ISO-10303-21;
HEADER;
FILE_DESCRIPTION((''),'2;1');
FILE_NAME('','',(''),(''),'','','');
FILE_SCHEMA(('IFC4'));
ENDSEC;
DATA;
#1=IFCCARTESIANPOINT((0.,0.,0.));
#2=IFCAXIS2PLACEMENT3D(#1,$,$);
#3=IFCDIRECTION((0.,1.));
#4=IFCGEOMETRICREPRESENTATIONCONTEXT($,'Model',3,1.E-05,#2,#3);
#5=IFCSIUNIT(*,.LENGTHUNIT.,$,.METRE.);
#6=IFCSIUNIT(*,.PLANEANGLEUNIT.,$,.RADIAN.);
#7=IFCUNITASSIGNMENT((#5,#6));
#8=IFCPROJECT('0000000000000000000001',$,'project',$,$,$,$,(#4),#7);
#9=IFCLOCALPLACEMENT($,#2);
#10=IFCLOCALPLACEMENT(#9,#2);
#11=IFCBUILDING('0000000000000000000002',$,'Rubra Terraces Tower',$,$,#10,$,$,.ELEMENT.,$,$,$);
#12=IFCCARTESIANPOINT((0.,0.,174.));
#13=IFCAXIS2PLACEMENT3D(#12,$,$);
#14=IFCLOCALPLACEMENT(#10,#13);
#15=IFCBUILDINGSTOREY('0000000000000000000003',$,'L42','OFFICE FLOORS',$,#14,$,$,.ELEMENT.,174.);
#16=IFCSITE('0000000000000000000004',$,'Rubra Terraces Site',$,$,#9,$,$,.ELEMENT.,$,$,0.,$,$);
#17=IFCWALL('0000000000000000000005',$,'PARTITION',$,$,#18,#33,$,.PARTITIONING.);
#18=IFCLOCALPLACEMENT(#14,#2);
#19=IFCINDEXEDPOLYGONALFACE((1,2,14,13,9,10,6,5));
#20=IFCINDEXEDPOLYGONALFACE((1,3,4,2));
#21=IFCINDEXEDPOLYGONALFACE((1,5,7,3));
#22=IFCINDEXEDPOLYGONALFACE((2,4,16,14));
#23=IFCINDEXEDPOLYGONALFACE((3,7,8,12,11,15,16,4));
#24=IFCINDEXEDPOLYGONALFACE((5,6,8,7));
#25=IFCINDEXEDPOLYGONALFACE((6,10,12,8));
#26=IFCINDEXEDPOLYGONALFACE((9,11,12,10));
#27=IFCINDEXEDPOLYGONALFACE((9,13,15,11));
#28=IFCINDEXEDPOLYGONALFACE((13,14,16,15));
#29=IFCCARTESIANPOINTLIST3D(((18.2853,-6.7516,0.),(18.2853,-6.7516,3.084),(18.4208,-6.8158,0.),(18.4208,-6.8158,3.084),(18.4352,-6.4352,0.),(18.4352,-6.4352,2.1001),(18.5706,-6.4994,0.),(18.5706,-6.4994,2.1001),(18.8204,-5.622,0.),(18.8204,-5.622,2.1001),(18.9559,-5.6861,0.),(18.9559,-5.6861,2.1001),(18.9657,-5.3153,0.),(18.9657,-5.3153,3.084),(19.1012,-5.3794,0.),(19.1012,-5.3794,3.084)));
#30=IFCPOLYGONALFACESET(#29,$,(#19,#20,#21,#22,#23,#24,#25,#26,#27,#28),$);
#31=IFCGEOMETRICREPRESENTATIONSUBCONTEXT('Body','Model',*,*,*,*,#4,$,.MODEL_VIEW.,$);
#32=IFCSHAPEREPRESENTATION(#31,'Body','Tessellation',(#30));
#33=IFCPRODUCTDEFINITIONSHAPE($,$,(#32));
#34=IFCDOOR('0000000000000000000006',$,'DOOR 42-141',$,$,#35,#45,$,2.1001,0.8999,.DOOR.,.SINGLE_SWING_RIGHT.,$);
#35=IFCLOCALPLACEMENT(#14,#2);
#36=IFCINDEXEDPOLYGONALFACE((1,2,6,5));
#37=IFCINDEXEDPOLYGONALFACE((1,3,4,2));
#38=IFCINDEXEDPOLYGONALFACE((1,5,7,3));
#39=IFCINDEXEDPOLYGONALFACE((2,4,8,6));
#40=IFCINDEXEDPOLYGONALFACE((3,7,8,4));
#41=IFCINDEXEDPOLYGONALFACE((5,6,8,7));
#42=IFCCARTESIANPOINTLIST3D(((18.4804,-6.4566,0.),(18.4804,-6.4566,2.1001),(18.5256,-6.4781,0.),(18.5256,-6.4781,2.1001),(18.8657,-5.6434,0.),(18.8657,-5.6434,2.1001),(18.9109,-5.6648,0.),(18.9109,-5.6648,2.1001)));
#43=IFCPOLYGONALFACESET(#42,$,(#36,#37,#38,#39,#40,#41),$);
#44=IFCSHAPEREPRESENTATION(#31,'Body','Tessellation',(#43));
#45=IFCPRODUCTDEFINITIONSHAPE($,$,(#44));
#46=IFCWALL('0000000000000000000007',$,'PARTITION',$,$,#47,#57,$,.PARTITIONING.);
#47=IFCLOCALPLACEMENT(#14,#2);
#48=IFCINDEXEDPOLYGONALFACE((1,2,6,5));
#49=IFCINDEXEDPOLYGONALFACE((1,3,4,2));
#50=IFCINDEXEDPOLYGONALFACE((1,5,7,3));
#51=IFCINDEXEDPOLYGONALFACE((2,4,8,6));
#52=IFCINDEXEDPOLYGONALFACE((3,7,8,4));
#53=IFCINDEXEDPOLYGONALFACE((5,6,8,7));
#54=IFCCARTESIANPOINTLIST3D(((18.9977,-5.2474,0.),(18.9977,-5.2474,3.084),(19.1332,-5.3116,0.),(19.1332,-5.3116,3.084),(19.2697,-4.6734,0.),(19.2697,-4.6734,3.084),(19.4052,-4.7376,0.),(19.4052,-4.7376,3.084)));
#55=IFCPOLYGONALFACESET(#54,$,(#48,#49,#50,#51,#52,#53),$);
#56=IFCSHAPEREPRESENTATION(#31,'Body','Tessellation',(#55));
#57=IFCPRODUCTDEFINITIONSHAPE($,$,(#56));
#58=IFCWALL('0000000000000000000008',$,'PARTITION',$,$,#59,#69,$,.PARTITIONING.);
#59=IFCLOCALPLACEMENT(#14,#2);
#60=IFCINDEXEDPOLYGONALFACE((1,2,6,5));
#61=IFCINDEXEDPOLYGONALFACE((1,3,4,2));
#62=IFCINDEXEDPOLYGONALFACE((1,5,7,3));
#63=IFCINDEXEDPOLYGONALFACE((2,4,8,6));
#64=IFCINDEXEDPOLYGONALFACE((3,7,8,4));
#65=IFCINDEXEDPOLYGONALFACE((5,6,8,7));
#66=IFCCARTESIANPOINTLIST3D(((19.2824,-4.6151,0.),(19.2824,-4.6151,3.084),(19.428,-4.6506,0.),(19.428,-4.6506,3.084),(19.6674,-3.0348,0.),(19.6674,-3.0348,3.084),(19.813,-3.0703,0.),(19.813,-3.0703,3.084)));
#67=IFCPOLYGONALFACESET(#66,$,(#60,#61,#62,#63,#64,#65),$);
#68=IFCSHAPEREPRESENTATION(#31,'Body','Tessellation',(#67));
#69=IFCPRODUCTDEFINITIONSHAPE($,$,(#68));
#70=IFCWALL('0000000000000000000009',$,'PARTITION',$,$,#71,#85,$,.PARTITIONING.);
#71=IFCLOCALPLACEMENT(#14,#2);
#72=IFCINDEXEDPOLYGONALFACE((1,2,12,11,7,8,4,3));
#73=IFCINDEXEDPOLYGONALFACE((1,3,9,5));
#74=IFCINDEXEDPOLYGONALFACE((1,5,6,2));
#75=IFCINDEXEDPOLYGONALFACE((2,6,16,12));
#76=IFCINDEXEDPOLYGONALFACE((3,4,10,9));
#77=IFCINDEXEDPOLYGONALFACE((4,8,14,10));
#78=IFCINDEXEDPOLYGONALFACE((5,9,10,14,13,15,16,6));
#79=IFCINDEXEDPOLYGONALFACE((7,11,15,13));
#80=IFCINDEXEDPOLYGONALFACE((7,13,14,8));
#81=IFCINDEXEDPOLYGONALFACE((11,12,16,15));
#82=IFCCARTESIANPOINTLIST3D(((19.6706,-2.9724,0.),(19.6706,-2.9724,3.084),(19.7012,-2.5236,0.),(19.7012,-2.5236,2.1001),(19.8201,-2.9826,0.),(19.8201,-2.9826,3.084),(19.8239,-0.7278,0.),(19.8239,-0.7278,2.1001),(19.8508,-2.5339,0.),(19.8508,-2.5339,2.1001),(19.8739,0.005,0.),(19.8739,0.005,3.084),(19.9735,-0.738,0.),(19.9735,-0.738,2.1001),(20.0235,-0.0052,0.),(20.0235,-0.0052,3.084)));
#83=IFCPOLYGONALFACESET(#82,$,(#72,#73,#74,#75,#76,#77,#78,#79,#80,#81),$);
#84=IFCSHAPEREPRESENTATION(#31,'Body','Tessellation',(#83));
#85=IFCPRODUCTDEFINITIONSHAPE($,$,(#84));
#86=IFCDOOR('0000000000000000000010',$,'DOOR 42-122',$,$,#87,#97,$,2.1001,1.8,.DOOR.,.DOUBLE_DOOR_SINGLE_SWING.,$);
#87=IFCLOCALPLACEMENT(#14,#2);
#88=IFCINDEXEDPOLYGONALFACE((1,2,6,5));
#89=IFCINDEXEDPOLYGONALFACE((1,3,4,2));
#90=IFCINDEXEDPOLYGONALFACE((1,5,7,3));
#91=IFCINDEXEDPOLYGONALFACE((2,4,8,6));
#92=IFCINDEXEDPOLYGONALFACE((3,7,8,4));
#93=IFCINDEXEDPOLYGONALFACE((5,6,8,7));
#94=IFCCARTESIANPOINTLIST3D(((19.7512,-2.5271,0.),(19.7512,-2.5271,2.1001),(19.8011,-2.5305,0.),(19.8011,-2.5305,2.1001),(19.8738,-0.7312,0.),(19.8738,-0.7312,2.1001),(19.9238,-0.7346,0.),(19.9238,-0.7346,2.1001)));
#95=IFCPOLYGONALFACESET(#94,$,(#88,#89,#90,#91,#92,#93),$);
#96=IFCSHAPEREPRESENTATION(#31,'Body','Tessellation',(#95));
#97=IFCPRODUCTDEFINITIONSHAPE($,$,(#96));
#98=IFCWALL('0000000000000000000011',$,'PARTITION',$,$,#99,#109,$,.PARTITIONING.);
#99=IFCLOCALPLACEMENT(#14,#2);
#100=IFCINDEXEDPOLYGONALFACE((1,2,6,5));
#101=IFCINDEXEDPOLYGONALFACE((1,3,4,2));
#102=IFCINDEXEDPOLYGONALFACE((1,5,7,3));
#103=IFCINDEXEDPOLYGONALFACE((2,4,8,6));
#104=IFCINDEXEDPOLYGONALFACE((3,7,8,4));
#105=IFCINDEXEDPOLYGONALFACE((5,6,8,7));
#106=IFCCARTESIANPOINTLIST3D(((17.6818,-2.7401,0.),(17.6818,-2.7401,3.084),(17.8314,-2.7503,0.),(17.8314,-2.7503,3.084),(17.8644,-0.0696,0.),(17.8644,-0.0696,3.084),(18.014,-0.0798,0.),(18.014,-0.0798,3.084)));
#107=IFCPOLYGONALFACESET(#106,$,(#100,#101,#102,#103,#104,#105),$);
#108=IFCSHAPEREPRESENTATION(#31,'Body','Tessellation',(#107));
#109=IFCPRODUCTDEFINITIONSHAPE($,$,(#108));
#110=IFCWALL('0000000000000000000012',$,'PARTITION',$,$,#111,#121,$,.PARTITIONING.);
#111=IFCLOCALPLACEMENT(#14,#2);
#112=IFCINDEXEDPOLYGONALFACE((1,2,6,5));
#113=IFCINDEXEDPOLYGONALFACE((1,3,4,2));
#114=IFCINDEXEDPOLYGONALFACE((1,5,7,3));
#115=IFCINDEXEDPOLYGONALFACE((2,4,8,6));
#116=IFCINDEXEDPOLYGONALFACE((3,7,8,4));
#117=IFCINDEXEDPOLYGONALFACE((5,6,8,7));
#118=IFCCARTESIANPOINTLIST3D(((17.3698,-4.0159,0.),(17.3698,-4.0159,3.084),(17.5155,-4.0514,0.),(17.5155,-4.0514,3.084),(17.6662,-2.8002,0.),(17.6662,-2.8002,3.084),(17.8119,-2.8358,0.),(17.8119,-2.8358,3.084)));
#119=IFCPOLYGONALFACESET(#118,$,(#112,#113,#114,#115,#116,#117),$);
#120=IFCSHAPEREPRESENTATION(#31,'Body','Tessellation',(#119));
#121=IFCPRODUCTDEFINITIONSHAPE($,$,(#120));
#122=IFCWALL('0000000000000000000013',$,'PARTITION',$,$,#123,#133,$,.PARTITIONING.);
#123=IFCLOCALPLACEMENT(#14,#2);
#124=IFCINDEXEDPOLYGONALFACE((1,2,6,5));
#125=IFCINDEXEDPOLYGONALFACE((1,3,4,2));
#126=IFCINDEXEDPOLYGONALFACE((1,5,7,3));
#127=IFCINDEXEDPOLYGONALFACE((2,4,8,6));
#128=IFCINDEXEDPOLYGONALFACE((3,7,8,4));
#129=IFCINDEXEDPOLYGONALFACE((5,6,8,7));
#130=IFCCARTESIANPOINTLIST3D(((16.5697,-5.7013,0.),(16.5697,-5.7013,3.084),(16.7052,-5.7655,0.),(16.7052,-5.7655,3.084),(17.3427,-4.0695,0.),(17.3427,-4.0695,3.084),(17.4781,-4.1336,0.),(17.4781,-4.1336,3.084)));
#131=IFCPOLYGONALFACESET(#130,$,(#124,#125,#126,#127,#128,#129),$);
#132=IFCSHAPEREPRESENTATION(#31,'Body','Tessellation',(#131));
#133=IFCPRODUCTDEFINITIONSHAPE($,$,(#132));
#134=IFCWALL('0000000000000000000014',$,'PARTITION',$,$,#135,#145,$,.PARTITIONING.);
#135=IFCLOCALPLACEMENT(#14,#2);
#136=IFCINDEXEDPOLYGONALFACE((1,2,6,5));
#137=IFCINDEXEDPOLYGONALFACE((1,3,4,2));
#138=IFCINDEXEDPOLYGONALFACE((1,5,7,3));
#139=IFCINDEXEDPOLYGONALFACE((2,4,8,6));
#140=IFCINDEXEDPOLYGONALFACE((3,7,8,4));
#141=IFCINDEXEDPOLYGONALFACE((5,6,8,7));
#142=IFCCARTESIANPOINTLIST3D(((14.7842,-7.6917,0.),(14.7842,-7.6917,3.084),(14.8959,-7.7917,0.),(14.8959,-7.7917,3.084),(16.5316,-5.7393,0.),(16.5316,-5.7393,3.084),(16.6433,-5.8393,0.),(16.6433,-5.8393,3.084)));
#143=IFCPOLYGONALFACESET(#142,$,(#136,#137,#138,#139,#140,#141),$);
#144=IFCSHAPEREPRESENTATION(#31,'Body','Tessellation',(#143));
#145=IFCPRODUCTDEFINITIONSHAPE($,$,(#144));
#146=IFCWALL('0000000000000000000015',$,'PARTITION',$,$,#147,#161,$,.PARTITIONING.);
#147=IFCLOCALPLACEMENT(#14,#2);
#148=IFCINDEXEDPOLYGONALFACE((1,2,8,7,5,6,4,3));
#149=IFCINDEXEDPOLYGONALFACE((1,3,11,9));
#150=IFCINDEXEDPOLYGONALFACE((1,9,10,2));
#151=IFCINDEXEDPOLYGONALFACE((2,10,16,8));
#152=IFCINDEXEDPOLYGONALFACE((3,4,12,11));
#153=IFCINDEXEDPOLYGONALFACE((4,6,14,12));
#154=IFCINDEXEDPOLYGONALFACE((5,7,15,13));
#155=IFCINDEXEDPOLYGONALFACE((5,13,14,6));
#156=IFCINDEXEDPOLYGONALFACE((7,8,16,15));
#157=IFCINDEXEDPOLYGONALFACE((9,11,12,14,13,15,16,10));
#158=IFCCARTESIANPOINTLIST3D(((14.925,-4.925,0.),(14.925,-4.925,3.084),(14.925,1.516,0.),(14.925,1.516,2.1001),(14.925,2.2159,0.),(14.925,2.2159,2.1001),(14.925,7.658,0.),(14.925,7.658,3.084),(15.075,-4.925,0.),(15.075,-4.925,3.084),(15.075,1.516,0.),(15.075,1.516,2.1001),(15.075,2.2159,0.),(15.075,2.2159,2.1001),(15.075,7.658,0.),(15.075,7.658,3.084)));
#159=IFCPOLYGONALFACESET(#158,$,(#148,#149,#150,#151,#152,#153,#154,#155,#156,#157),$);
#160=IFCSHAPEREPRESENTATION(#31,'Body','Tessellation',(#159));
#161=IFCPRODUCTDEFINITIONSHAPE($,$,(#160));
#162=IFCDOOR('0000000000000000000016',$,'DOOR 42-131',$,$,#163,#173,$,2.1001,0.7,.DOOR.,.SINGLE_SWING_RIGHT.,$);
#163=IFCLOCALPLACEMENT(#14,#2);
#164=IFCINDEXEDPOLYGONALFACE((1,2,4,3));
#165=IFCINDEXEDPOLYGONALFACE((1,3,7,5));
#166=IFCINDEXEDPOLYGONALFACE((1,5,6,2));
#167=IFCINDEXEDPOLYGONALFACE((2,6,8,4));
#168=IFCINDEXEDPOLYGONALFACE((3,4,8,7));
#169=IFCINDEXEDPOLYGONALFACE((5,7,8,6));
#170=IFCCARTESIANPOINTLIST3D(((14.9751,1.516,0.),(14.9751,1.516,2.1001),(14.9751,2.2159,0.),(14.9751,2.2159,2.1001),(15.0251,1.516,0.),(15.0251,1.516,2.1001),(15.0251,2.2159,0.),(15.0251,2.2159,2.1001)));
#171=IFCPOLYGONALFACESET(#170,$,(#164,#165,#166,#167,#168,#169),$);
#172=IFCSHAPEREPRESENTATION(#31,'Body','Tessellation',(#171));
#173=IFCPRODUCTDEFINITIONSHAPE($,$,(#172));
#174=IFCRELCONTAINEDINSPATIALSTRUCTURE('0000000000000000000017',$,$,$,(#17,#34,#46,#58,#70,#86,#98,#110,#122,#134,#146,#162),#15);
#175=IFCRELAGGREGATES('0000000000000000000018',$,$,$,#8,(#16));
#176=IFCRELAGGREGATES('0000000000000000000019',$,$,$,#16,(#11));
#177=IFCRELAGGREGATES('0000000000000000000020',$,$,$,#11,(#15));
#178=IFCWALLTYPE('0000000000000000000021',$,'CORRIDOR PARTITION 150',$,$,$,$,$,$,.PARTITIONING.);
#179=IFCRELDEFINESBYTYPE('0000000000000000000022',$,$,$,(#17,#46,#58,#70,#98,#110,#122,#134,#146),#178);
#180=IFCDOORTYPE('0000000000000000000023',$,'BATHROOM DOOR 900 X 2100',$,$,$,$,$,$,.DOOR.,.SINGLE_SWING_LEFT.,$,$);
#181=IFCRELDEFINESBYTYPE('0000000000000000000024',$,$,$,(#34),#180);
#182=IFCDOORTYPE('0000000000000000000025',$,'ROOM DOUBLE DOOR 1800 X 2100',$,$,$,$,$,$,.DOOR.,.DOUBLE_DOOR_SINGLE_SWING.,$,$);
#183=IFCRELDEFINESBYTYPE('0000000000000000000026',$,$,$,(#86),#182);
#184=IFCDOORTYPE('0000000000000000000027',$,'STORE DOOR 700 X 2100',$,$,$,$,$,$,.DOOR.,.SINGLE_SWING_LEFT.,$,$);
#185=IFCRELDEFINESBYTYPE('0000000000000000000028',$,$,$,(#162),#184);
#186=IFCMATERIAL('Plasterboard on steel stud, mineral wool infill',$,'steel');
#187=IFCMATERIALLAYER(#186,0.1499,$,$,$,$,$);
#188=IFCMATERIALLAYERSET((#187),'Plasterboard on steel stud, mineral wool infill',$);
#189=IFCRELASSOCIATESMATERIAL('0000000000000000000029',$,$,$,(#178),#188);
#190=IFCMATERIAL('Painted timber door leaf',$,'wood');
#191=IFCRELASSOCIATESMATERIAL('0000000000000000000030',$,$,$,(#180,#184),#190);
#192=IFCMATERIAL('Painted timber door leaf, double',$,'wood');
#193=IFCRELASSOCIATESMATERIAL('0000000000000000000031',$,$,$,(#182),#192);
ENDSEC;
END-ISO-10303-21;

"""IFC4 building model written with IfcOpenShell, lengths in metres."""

from ifc_helpers import new_model, si_unit, direction, frame, frame_2d, origin, place, context, subcontext, project, spatial, rectangle, extrude, material, layer, layer_set, type_object, element, fill, save


model = new_model("IFC4")

# Units and contexts
model_context = context("Model", 3, precision=1e-05, world=origin(), true_north=direction((0.0, 1.0)))
body_context = subcontext(model_context, "Body", "Model", "MODEL_VIEW")
ifc_project = project(units=[si_unit("LENGTHUNIT", "METRE"), si_unit("PLANEANGLEUNIT", "RADIAN")], contexts=[model_context])

# Site, building, storey
site_placement = place(None, origin())
site = spatial("IfcSite", under=ifc_project, at=site_placement, Name="Rubra Terraces Site", CompositionType="ELEMENT", RefElevation=0.0)
building_placement = place(site_placement, origin())
building = spatial("IfcBuilding", under=site, at=building_placement, Name="Rubra Terraces Tower", CompositionType="ELEMENT")
storey_placement = place(building_placement, frame((0.0, 0.0, 174.0)))
storey = spatial("IfcBuildingStorey", under=building, at=storey_placement, Name="L42", Description="OFFICE FLOORS", CompositionType="ELEMENT", Elevation=174.0)

# Wall, opening, door
ifc_material_1 = material(Name="Plasterboard on steel stud, mineral wool infill", Category="steel")
ifc_layer_1 = layer(ifc_material_1, 0.1499)
ifc_layer_set_1 = layer_set([ifc_layer_1], Name="Plasterboard on steel stud, mineral wool infill")
wall_type_1 = type_object("IfcWallType", Name="CORRIDOR PARTITION 150", PredefinedType="PARTITIONING", material=ifc_layer_set_1)
wall_1_placement = place(storey_placement, frame((18.353, -6.7837, 0.0), z_axis=(0.0, 0.0, 1.0), x_axis=(0.428126, 0.903719, 0.0)))
wall_1 = element("IfcWall", 1, at=wall_1_placement, inside=storey, type_object=wall_type_1, Name="PARTITION", PredefinedType="PARTITIONING", context=body_context, shape_type="SweptSolid", body=[
    extrude(rectangle(XDim=1.5894, YDim=0.1499, at=frame_2d((0.7947, 0.0))), origin(), (0.0, 0.0, 1.0), 3.084),
])
opening_1_placement = place(wall_1_placement, frame((0.3501, 0.0, 0.0)))
opening_1 = element("IfcOpeningElement", 2, at=opening_1_placement, cuts=wall_1, PredefinedType="OPENING", context=body_context, shape_type="SweptSolid", body=[
    extrude(rectangle(XDim=0.8999, YDim=2.1001, at=frame_2d((0.45, 1.05))), frame((0.0, 0.085, 0.0), z_axis=(0.0, -1.0, 0.0), x_axis=(1.0, 0.0, 0.0)), (0.0, 0.0, 1.0), 0.1699),
])
ifc_material_2 = material(Name="Painted timber door leaf", Category="wood")
door_type_1 = type_object("IfcDoorType", Name="BATHROOM DOOR 900 X 2100", OperationType="SINGLE_SWING_LEFT", PredefinedType="DOOR", material=ifc_material_2)
door_1_placement = place(opening_1_placement, origin())
door_1 = element("IfcDoor", 3, at=door_1_placement, inside=storey, type_object=door_type_1, Name="DOOR 42-141", OperationType="SINGLE_SWING_RIGHT", OverallHeight=2.1001, OverallWidth=0.8999, PredefinedType="DOOR", context=body_context, shape_type="SweptSolid", body=[
    extrude(rectangle(XDim=0.8999, YDim=2.1001, at=frame_2d((0.45, 1.05))), frame((0.0, 0.0249, 0.0), z_axis=(0.0, -1.0, 0.0), x_axis=(1.0, 0.0, 0.0)), (0.0, 0.0, 1.0), 0.05),
])
fill(opening_1, door_1)

# Walls
wall_2_placement = place(storey_placement, frame((19.0654, -5.2795, 0.0), z_axis=(0.0, 0.0, 1.0), x_axis=(0.428202, 0.903683, 0.0)))
element("IfcWall", 4, at=wall_2_placement, inside=storey, type_object=wall_type_1, Name="PARTITION", PredefinedType="PARTITIONING", context=body_context, shape_type="SweptSolid", body=[
    extrude(rectangle(XDim=0.6353, YDim=0.1499, at=frame_2d((0.3176, 0.0))), origin(), (0.0, 0.0, 1.0), 3.084),
])
wall_3_placement = place(storey_placement, frame((19.3552, -4.6328, 0.0), z_axis=(0.0, 0.0, 1.0), x_axis=(0.236704, 0.971582, 0.0)))
element("IfcWall", 5, at=wall_3_placement, inside=storey, type_object=wall_type_1, Name="PARTITION", PredefinedType="PARTITIONING", context=body_context, shape_type="SweptSolid", body=[
    extrude(rectangle(XDim=1.6265, YDim=0.1499, at=frame_2d((0.8132, 0.0))), origin(), (0.0, 0.0, 1.0), 3.084),
])

# Wall, opening, door
wall_4_placement = place(storey_placement, frame((19.7454, -2.9775, 0.0), z_axis=(0.0, 0.0, 1.0), x_axis=(0.068142, 0.997676, 0.0)))
wall_4 = element("IfcWall", 6, at=wall_4_placement, inside=storey, type_object=wall_type_1, Name="PARTITION", PredefinedType="PARTITIONING", context=body_context, shape_type="SweptSolid", body=[
    extrude(rectangle(XDim=2.9844, YDim=0.1499, at=frame_2d((1.4922, 0.0))), origin(), (0.0, 0.0, 1.0), 3.084),
])
opening_2_placement = place(wall_4_placement, frame((0.45, 0.0, 0.0)))
opening_2 = element("IfcOpeningElement", 7, at=opening_2_placement, cuts=wall_4, PredefinedType="OPENING", context=body_context, shape_type="SweptSolid", body=[
    extrude(rectangle(XDim=1.8, YDim=2.1001, at=frame_2d((0.8999, 1.05))), frame((0.0, 0.085, 0.0), z_axis=(0.0, -1.0, 0.0), x_axis=(1.0, 0.0, 0.0)), (0.0, 0.0, 1.0), 0.1699),
])
ifc_material_3 = material(Name="Painted timber door leaf, double", Category="wood")
door_type_2 = type_object("IfcDoorType", Name="ROOM DOUBLE DOOR 1800 X 2100", OperationType="DOUBLE_DOOR_SINGLE_SWING", PredefinedType="DOOR", material=ifc_material_3)
door_2_placement = place(opening_2_placement, origin())
door_2 = element("IfcDoor", 8, at=door_2_placement, inside=storey, type_object=door_type_2, Name="DOOR 42-122", OperationType="DOUBLE_DOOR_SINGLE_SWING", OverallHeight=2.1001, OverallWidth=1.8, PredefinedType="DOOR", context=body_context, shape_type="SweptSolid", body=[
    extrude(rectangle(XDim=1.8, YDim=2.1001, at=frame_2d((0.8999, 1.05))), frame((0.0, 0.0249, 0.0), z_axis=(0.0, -1.0, 0.0), x_axis=(1.0, 0.0, 0.0)), (0.0, 0.0, 1.0), 0.05),
])
fill(opening_2, door_2)

# Walls
wall_5_placement = place(storey_placement, frame((17.9392, -0.0747, 0.0), z_axis=(0.0, 0.0, 1.0), x_axis=(-0.068226, -0.99767, 0.0)))
element("IfcWall", 9, at=wall_5_placement, inside=storey, type_object=wall_type_1, Name="PARTITION", PredefinedType="PARTITIONING", context=body_context, shape_type="SweptSolid", body=[
    extrude(rectangle(XDim=2.6768, YDim=0.1499, at=frame_2d((1.3384, 0.0))), origin(), (0.0, 0.0, 1.0), 3.084),
])
wall_6_placement = place(storey_placement, frame((17.739, -2.8181, 0.0), z_axis=(0.0, 0.0, 1.0), x_axis=(-0.236884, -0.971538, 0.0)))
element("IfcWall", 10, at=wall_6_placement, inside=storey, type_object=wall_type_1, Name="PARTITION", PredefinedType="PARTITIONING", context=body_context, shape_type="SweptSolid", body=[
    extrude(rectangle(XDim=1.2512, YDim=0.1499, at=frame_2d((0.6255, 0.0))), origin(), (0.0, 0.0, 1.0), 3.084),
])
wall_7_placement = place(storey_placement, frame((17.4104, -4.1016, 0.0), z_axis=(0.0, 0.0, 1.0), x_axis=(-0.428075, -0.903743, 0.0)))
element("IfcWall", 11, at=wall_7_placement, inside=storey, type_object=wall_type_1, Name="PARTITION", PredefinedType="PARTITIONING", context=body_context, shape_type="SweptSolid", body=[
    extrude(rectangle(XDim=1.8057, YDim=0.1499, at=frame_2d((0.9028, 0.0))), origin(), (0.0, 0.0, 1.0), 3.084),
])
wall_8_placement = place(storey_placement, frame((16.5874, -5.7893, 0.0), z_axis=(0.0, 0.0, 1.0), x_axis=(-0.666887, -0.745158, 0.0)))
element("IfcWall", 12, at=wall_8_placement, inside=storey, type_object=wall_type_1, Name="PARTITION", PredefinedType="PARTITIONING", context=body_context, shape_type="SweptSolid", body=[
    extrude(rectangle(XDim=2.6201, YDim=0.1499, at=frame_2d((1.3101, 0.0))), origin(), (0.0, 0.0, 1.0), 3.084),
])

# Wall, opening, door
wall_9_placement = place(storey_placement, frame((15.0, -4.925, 0.0), z_axis=(0.0, 0.0, 1.0), x_axis=(0.0, 1.0, 0.0)))
wall_9 = element("IfcWall", 13, at=wall_9_placement, inside=storey, type_object=wall_type_1, Name="PARTITION", PredefinedType="PARTITIONING", context=body_context, shape_type="SweptSolid", body=[
    extrude(rectangle(XDim=12.583, YDim=0.1499, at=frame_2d((6.2915, 0.0))), origin(), (0.0, 0.0, 1.0), 3.084),
])
opening_3_placement = place(wall_9_placement, frame((6.4409, 0.0, 0.0)))
opening_3 = element("IfcOpeningElement", 14, at=opening_3_placement, cuts=wall_9, PredefinedType="OPENING", context=body_context, shape_type="SweptSolid", body=[
    extrude(rectangle(XDim=0.7, YDim=2.1001, at=frame_2d((0.3501, 1.05))), frame((0.0, 0.085, 0.0), z_axis=(0.0, -1.0, 0.0), x_axis=(1.0, 0.0, 0.0)), (0.0, 0.0, 1.0), 0.1699),
])
door_type_3 = type_object("IfcDoorType", Name="STORE DOOR 700 X 2100", OperationType="SINGLE_SWING_LEFT", PredefinedType="DOOR", material=ifc_material_2)
door_3_placement = place(opening_3_placement, origin())
door_3 = element("IfcDoor", 15, at=door_3_placement, inside=storey, type_object=door_type_3, Name="DOOR 42-131", OperationType="SINGLE_SWING_RIGHT", OverallHeight=2.1001, OverallWidth=0.7, PredefinedType="DOOR", context=body_context, shape_type="SweptSolid", body=[
    extrude(rectangle(XDim=0.7, YDim=2.1001, at=frame_2d((0.3501, 1.05))), frame((0.0, 0.0249, 0.0), z_axis=(0.0, -1.0, 0.0), x_axis=(1.0, 0.0, 0.0)), (0.0, 0.0, 1.0), 0.05),
])
fill(opening_3, door_3)

save(model, "model.ifc")
